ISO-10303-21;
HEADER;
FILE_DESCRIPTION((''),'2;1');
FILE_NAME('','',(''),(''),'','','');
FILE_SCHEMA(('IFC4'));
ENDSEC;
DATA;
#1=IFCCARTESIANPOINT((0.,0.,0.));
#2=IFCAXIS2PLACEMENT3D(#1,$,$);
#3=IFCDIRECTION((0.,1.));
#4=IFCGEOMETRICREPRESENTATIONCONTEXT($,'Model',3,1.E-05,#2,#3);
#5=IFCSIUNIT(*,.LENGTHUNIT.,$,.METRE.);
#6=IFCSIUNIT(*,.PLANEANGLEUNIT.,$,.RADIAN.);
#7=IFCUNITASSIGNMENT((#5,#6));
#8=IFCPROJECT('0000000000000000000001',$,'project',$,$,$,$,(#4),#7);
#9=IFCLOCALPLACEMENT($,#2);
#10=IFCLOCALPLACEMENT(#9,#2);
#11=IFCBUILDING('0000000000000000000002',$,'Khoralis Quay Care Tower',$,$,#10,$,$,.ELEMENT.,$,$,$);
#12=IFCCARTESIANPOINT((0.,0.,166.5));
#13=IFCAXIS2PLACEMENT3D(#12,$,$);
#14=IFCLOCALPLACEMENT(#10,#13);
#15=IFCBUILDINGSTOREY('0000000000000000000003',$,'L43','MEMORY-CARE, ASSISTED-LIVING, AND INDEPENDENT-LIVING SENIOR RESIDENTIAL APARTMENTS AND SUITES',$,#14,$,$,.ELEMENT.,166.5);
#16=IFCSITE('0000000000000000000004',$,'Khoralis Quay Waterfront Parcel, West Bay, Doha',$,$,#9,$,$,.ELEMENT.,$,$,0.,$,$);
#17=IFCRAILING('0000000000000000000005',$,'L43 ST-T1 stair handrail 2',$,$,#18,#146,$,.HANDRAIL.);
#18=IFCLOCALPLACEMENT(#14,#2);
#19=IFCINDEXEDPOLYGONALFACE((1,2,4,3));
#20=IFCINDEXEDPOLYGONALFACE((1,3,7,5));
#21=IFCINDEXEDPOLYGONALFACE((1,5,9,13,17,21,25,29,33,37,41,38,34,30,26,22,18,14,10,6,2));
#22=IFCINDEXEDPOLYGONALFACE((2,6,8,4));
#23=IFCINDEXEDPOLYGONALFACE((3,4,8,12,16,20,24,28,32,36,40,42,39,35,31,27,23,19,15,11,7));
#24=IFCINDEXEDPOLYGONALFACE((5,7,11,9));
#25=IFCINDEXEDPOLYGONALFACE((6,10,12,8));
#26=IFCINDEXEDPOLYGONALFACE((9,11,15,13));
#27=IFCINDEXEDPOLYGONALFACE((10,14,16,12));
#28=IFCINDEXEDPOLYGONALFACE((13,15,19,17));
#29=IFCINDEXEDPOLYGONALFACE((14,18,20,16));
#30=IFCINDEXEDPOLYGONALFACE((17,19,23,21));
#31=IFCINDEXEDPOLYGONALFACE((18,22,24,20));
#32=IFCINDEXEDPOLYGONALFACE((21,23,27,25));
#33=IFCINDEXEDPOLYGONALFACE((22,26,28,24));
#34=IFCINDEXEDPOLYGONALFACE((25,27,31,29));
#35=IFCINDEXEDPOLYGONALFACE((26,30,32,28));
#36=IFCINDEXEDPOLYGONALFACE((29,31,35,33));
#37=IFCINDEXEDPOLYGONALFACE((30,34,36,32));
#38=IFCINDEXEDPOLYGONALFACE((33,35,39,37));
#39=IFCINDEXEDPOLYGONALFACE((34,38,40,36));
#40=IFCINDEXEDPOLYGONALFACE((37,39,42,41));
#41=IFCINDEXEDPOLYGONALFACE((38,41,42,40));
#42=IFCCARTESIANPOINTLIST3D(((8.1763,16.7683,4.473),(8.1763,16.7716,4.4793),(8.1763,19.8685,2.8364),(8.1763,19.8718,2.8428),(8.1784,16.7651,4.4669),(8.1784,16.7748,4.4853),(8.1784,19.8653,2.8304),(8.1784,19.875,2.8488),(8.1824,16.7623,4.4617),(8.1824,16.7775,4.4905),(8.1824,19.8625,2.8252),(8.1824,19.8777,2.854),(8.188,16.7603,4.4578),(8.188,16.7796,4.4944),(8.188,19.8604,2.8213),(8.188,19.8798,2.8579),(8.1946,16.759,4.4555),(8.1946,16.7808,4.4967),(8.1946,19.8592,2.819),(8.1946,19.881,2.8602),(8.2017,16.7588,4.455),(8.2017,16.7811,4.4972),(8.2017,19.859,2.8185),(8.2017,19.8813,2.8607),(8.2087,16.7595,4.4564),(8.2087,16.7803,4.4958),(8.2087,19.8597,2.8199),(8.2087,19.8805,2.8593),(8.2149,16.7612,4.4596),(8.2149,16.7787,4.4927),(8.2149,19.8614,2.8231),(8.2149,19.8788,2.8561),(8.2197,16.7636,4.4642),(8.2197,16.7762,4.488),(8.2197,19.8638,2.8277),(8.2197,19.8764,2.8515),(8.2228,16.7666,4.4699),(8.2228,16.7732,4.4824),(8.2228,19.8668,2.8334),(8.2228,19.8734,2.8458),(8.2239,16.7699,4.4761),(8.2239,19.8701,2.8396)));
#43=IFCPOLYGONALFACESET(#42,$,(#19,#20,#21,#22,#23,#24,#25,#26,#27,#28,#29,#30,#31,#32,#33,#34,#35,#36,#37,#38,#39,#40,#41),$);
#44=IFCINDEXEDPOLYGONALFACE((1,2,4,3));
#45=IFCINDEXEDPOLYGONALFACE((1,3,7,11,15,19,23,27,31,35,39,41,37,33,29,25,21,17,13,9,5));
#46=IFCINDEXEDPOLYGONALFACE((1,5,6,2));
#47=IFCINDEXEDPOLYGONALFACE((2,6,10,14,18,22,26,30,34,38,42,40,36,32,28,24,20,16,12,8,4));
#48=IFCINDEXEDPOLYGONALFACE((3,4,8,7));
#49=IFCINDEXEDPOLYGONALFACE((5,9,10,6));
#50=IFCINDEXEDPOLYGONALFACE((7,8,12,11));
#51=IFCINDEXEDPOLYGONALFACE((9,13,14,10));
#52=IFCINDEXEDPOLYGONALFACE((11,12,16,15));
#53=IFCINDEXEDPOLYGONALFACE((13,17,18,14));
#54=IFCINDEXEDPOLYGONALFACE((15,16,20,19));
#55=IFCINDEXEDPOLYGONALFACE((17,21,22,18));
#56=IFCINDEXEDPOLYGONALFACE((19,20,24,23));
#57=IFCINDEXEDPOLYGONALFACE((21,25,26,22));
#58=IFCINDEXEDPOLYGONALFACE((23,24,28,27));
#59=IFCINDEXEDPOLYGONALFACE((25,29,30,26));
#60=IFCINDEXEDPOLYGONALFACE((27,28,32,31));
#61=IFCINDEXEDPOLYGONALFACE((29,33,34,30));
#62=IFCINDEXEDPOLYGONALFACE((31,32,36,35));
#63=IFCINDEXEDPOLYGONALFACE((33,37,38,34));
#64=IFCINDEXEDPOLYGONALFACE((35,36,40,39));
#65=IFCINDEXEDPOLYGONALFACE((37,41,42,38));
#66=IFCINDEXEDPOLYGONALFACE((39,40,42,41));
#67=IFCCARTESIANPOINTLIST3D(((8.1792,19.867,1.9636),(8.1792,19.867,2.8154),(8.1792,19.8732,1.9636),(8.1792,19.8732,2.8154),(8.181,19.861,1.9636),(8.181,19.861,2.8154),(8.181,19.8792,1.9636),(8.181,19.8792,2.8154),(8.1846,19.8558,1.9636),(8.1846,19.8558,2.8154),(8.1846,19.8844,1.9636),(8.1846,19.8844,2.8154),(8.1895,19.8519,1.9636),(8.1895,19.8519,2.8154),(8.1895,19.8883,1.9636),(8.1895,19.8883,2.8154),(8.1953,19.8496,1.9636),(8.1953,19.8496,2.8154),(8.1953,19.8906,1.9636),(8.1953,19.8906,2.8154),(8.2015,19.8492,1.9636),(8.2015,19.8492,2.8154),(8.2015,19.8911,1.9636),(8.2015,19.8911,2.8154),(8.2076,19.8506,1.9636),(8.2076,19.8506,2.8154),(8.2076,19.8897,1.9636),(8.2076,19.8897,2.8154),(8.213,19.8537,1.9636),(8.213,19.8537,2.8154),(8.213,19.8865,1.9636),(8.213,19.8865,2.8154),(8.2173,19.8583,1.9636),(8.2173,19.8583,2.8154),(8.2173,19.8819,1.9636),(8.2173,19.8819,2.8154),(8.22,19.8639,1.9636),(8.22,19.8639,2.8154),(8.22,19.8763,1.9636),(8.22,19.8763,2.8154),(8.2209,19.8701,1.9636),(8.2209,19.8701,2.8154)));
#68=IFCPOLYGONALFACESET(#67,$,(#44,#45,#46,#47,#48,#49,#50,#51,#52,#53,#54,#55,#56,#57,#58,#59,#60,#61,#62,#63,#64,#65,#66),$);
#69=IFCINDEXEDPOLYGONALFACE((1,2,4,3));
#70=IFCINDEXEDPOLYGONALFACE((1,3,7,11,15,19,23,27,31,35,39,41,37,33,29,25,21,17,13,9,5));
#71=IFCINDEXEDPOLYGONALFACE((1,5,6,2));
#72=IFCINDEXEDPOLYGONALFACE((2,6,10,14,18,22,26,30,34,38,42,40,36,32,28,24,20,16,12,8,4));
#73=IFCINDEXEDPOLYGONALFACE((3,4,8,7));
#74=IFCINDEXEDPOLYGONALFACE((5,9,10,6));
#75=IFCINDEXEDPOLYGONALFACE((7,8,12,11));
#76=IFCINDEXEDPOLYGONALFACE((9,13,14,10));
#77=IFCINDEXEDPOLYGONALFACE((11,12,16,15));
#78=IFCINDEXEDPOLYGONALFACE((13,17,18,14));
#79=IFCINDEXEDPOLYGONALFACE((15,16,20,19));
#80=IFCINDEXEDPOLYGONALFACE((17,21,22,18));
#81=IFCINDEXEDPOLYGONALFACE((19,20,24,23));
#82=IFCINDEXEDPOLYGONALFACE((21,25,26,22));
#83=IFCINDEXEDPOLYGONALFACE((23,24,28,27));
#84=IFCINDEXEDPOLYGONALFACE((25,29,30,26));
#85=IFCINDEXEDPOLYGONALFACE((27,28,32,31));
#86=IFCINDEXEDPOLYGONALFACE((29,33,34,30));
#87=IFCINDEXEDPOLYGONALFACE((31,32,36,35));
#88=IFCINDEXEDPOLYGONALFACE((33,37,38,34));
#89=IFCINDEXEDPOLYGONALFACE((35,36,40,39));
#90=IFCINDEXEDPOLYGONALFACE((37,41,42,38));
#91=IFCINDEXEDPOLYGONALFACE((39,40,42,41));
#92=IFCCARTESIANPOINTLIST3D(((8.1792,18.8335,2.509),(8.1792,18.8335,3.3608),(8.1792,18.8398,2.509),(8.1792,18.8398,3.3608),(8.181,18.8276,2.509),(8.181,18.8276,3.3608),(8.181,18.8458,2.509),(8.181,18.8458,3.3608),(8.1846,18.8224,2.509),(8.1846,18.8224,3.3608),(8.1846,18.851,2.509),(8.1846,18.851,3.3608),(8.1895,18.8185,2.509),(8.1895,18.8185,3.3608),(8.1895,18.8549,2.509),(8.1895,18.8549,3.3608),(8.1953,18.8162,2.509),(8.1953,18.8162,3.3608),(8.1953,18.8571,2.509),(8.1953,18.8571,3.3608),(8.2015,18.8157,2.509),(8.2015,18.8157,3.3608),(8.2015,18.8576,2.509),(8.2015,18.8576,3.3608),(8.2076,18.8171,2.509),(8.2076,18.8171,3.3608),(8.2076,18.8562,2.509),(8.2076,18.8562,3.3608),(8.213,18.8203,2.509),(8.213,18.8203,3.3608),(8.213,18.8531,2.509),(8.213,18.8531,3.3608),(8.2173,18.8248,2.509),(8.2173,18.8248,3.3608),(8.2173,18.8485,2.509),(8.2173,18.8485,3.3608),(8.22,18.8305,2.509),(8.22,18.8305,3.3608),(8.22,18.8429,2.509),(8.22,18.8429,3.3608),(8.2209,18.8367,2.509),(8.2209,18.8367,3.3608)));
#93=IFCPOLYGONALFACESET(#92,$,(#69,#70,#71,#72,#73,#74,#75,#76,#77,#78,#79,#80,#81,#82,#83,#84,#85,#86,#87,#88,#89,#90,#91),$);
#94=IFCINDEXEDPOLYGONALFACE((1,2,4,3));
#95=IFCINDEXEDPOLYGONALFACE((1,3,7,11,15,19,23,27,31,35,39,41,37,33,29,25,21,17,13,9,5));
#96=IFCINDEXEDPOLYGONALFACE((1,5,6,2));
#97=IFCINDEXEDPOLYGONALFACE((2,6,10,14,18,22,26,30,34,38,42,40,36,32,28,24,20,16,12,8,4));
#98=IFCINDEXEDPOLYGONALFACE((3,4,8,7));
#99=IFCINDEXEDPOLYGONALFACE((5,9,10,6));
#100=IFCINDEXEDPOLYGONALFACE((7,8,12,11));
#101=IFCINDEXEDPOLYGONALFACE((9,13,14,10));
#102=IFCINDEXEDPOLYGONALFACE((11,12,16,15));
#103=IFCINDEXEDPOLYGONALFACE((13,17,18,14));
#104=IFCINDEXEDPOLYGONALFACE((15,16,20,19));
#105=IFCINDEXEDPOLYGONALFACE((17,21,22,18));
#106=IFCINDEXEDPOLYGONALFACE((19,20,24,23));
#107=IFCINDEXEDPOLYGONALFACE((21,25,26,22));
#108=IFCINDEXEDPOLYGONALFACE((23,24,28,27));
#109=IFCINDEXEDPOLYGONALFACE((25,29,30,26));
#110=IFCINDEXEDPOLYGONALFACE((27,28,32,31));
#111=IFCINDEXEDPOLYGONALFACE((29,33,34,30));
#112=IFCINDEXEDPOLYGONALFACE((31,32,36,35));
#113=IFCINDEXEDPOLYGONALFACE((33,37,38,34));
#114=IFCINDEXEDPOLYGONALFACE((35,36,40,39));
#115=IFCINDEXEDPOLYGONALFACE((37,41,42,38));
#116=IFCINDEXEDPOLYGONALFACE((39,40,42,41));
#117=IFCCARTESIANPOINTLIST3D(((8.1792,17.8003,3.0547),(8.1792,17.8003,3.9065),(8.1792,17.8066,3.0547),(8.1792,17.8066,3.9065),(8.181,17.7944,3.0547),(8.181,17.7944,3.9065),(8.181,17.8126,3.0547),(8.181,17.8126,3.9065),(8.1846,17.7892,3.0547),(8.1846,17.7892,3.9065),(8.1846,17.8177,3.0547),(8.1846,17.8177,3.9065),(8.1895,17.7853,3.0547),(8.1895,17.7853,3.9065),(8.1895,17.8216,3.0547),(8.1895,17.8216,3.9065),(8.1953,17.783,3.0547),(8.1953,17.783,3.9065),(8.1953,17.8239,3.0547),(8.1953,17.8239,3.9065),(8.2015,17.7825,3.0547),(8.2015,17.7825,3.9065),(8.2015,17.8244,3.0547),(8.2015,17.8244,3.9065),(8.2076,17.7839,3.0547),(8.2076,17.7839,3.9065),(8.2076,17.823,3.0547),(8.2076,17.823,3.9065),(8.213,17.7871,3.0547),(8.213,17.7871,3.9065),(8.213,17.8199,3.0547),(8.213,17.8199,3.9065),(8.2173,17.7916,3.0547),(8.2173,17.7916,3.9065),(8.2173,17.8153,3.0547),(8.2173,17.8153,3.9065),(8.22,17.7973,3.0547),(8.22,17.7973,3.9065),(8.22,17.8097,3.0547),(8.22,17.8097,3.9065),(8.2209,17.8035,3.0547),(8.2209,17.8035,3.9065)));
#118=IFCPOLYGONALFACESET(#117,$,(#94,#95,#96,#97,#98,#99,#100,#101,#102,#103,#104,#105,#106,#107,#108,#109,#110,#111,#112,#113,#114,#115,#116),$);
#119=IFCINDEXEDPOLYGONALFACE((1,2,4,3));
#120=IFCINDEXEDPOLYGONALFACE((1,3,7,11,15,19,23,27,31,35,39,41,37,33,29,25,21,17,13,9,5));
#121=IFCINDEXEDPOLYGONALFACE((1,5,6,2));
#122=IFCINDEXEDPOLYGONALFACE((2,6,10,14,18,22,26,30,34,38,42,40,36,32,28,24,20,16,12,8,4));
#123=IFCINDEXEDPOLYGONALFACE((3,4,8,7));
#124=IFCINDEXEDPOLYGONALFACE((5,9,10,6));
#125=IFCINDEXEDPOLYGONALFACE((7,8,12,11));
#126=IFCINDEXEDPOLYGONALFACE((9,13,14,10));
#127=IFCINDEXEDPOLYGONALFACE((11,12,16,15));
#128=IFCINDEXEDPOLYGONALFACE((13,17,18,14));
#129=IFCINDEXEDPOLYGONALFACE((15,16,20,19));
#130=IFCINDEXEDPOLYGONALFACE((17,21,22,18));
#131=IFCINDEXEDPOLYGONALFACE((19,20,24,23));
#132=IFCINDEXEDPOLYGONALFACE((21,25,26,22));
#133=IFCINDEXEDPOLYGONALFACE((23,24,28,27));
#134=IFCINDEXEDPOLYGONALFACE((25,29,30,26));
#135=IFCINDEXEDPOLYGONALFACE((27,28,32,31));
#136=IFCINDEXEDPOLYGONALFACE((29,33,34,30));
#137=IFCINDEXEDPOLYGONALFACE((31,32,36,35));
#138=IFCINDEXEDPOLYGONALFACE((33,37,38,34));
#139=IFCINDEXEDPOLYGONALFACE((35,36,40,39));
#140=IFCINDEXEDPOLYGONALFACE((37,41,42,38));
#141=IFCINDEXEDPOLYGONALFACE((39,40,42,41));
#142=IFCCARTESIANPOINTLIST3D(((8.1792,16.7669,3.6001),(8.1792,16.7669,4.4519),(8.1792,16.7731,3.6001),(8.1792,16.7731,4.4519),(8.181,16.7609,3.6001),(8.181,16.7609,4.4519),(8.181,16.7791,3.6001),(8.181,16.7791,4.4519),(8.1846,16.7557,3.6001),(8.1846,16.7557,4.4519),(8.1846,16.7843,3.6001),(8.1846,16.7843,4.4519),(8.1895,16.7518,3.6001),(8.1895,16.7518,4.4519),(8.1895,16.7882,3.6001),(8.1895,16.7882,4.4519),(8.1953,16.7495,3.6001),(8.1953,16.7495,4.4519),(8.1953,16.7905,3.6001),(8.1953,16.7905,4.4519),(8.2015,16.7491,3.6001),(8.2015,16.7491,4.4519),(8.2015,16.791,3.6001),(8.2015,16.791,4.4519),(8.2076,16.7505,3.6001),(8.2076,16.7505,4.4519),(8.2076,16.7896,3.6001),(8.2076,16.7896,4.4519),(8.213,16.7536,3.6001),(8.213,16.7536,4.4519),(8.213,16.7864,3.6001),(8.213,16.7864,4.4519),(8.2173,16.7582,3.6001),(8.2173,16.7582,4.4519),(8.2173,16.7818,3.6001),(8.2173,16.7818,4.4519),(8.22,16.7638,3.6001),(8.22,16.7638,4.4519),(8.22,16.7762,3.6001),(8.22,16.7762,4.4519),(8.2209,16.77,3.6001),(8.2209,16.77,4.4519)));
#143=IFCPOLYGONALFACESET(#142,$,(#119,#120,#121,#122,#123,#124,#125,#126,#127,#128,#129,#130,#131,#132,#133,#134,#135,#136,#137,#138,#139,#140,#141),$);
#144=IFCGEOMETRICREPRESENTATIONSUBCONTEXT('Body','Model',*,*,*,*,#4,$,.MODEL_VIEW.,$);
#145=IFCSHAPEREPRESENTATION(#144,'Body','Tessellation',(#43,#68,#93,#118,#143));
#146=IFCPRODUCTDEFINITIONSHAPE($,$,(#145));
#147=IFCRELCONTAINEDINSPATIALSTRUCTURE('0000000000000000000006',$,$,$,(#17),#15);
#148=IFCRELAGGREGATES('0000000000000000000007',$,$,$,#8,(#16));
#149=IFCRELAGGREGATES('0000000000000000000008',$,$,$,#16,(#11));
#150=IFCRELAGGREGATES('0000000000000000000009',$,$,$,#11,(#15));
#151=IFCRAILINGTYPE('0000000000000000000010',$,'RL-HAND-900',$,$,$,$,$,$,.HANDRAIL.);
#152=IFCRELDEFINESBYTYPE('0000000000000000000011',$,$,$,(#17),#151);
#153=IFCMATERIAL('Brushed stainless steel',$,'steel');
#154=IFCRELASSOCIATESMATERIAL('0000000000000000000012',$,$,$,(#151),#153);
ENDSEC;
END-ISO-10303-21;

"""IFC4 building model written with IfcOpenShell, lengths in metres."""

from ifc_helpers import new_model, si_unit, direction, frame, origin, origin_2d, place, context, subcontext, project, spatial, circle, extrude, material, type_object, element, save


model = new_model("IFC4")

# Units and contexts
model_context = context("Model", 3, precision=1e-05, world=origin(), true_north=direction((0.0, 1.0)))
body_context = subcontext(model_context, "Body", "Model", "MODEL_VIEW")
ifc_project = project(units=[si_unit("LENGTHUNIT", "METRE"), si_unit("PLANEANGLEUNIT", "RADIAN")], contexts=[model_context])

# Site, building, storey
site_placement = place(None, origin())
site = spatial("IfcSite", under=ifc_project, at=site_placement, Name="Khoralis Quay Waterfront Parcel, West Bay, Doha", CompositionType="ELEMENT", RefElevation=0.0)
building_placement = place(site_placement, origin())
building = spatial("IfcBuilding", under=site, at=building_placement, Name="Khoralis Quay Care Tower", CompositionType="ELEMENT")
storey_placement = place(building_placement, frame((0.0, 0.0, 166.5)))
storey = spatial("IfcBuildingStorey", under=building, at=storey_placement, Name="L43", Description="MEMORY-CARE, ASSISTED-LIVING, AND INDEPENDENT-LIVING SENIOR RESIDENTIAL APARTMENTS AND SUITES", CompositionType="ELEMENT", Elevation=166.5)

# Shared definitions
ifc_material_1 = material(Name="Brushed stainless steel", Category="steel")

# Railing
railing_type_1 = type_object("IfcRailingType", Name="RL-HAND-900", PredefinedType="HANDRAIL", material=ifc_material_1)
railing_1_placement = place(storey_placement, frame((8.2, 19.8701, 1.9636)))
element("IfcRailing", 1, at=railing_1_placement, inside=storey, type_object=railing_type_1, Name="L43 ST-T1 stair handrail 2", PredefinedType="HANDRAIL", context=body_context, shape_type="SweptSolid", body=[
    extrude(circle(Radius=0.0239, at=origin_2d()), frame((0.0, 0.0, 0.876), z_axis=(0.0, -0.884348, 0.466828), x_axis=(1.0, 0.0, 0.0)), (0.0, 0.0, 1.0), 3.5056),
    extrude(circle(Radius=0.021, at=origin_2d()), origin(), (0.0, 0.0, 1.0), 0.8518),
    extrude(circle(Radius=0.021, at=origin_2d()), frame((0.0, -1.0334, 0.5454)), (0.0, 0.0, 1.0), 0.8518),
    extrude(circle(Radius=0.021, at=origin_2d()), frame((0.0, -2.0667, 1.0911)), (0.0, 0.0, 1.0), 0.8518),
    extrude(circle(Radius=0.021, at=origin_2d()), frame((0.0, -3.1001, 1.6365)), (0.0, 0.0, 1.0), 0.8518),
])

save(model, "model.ifc")
